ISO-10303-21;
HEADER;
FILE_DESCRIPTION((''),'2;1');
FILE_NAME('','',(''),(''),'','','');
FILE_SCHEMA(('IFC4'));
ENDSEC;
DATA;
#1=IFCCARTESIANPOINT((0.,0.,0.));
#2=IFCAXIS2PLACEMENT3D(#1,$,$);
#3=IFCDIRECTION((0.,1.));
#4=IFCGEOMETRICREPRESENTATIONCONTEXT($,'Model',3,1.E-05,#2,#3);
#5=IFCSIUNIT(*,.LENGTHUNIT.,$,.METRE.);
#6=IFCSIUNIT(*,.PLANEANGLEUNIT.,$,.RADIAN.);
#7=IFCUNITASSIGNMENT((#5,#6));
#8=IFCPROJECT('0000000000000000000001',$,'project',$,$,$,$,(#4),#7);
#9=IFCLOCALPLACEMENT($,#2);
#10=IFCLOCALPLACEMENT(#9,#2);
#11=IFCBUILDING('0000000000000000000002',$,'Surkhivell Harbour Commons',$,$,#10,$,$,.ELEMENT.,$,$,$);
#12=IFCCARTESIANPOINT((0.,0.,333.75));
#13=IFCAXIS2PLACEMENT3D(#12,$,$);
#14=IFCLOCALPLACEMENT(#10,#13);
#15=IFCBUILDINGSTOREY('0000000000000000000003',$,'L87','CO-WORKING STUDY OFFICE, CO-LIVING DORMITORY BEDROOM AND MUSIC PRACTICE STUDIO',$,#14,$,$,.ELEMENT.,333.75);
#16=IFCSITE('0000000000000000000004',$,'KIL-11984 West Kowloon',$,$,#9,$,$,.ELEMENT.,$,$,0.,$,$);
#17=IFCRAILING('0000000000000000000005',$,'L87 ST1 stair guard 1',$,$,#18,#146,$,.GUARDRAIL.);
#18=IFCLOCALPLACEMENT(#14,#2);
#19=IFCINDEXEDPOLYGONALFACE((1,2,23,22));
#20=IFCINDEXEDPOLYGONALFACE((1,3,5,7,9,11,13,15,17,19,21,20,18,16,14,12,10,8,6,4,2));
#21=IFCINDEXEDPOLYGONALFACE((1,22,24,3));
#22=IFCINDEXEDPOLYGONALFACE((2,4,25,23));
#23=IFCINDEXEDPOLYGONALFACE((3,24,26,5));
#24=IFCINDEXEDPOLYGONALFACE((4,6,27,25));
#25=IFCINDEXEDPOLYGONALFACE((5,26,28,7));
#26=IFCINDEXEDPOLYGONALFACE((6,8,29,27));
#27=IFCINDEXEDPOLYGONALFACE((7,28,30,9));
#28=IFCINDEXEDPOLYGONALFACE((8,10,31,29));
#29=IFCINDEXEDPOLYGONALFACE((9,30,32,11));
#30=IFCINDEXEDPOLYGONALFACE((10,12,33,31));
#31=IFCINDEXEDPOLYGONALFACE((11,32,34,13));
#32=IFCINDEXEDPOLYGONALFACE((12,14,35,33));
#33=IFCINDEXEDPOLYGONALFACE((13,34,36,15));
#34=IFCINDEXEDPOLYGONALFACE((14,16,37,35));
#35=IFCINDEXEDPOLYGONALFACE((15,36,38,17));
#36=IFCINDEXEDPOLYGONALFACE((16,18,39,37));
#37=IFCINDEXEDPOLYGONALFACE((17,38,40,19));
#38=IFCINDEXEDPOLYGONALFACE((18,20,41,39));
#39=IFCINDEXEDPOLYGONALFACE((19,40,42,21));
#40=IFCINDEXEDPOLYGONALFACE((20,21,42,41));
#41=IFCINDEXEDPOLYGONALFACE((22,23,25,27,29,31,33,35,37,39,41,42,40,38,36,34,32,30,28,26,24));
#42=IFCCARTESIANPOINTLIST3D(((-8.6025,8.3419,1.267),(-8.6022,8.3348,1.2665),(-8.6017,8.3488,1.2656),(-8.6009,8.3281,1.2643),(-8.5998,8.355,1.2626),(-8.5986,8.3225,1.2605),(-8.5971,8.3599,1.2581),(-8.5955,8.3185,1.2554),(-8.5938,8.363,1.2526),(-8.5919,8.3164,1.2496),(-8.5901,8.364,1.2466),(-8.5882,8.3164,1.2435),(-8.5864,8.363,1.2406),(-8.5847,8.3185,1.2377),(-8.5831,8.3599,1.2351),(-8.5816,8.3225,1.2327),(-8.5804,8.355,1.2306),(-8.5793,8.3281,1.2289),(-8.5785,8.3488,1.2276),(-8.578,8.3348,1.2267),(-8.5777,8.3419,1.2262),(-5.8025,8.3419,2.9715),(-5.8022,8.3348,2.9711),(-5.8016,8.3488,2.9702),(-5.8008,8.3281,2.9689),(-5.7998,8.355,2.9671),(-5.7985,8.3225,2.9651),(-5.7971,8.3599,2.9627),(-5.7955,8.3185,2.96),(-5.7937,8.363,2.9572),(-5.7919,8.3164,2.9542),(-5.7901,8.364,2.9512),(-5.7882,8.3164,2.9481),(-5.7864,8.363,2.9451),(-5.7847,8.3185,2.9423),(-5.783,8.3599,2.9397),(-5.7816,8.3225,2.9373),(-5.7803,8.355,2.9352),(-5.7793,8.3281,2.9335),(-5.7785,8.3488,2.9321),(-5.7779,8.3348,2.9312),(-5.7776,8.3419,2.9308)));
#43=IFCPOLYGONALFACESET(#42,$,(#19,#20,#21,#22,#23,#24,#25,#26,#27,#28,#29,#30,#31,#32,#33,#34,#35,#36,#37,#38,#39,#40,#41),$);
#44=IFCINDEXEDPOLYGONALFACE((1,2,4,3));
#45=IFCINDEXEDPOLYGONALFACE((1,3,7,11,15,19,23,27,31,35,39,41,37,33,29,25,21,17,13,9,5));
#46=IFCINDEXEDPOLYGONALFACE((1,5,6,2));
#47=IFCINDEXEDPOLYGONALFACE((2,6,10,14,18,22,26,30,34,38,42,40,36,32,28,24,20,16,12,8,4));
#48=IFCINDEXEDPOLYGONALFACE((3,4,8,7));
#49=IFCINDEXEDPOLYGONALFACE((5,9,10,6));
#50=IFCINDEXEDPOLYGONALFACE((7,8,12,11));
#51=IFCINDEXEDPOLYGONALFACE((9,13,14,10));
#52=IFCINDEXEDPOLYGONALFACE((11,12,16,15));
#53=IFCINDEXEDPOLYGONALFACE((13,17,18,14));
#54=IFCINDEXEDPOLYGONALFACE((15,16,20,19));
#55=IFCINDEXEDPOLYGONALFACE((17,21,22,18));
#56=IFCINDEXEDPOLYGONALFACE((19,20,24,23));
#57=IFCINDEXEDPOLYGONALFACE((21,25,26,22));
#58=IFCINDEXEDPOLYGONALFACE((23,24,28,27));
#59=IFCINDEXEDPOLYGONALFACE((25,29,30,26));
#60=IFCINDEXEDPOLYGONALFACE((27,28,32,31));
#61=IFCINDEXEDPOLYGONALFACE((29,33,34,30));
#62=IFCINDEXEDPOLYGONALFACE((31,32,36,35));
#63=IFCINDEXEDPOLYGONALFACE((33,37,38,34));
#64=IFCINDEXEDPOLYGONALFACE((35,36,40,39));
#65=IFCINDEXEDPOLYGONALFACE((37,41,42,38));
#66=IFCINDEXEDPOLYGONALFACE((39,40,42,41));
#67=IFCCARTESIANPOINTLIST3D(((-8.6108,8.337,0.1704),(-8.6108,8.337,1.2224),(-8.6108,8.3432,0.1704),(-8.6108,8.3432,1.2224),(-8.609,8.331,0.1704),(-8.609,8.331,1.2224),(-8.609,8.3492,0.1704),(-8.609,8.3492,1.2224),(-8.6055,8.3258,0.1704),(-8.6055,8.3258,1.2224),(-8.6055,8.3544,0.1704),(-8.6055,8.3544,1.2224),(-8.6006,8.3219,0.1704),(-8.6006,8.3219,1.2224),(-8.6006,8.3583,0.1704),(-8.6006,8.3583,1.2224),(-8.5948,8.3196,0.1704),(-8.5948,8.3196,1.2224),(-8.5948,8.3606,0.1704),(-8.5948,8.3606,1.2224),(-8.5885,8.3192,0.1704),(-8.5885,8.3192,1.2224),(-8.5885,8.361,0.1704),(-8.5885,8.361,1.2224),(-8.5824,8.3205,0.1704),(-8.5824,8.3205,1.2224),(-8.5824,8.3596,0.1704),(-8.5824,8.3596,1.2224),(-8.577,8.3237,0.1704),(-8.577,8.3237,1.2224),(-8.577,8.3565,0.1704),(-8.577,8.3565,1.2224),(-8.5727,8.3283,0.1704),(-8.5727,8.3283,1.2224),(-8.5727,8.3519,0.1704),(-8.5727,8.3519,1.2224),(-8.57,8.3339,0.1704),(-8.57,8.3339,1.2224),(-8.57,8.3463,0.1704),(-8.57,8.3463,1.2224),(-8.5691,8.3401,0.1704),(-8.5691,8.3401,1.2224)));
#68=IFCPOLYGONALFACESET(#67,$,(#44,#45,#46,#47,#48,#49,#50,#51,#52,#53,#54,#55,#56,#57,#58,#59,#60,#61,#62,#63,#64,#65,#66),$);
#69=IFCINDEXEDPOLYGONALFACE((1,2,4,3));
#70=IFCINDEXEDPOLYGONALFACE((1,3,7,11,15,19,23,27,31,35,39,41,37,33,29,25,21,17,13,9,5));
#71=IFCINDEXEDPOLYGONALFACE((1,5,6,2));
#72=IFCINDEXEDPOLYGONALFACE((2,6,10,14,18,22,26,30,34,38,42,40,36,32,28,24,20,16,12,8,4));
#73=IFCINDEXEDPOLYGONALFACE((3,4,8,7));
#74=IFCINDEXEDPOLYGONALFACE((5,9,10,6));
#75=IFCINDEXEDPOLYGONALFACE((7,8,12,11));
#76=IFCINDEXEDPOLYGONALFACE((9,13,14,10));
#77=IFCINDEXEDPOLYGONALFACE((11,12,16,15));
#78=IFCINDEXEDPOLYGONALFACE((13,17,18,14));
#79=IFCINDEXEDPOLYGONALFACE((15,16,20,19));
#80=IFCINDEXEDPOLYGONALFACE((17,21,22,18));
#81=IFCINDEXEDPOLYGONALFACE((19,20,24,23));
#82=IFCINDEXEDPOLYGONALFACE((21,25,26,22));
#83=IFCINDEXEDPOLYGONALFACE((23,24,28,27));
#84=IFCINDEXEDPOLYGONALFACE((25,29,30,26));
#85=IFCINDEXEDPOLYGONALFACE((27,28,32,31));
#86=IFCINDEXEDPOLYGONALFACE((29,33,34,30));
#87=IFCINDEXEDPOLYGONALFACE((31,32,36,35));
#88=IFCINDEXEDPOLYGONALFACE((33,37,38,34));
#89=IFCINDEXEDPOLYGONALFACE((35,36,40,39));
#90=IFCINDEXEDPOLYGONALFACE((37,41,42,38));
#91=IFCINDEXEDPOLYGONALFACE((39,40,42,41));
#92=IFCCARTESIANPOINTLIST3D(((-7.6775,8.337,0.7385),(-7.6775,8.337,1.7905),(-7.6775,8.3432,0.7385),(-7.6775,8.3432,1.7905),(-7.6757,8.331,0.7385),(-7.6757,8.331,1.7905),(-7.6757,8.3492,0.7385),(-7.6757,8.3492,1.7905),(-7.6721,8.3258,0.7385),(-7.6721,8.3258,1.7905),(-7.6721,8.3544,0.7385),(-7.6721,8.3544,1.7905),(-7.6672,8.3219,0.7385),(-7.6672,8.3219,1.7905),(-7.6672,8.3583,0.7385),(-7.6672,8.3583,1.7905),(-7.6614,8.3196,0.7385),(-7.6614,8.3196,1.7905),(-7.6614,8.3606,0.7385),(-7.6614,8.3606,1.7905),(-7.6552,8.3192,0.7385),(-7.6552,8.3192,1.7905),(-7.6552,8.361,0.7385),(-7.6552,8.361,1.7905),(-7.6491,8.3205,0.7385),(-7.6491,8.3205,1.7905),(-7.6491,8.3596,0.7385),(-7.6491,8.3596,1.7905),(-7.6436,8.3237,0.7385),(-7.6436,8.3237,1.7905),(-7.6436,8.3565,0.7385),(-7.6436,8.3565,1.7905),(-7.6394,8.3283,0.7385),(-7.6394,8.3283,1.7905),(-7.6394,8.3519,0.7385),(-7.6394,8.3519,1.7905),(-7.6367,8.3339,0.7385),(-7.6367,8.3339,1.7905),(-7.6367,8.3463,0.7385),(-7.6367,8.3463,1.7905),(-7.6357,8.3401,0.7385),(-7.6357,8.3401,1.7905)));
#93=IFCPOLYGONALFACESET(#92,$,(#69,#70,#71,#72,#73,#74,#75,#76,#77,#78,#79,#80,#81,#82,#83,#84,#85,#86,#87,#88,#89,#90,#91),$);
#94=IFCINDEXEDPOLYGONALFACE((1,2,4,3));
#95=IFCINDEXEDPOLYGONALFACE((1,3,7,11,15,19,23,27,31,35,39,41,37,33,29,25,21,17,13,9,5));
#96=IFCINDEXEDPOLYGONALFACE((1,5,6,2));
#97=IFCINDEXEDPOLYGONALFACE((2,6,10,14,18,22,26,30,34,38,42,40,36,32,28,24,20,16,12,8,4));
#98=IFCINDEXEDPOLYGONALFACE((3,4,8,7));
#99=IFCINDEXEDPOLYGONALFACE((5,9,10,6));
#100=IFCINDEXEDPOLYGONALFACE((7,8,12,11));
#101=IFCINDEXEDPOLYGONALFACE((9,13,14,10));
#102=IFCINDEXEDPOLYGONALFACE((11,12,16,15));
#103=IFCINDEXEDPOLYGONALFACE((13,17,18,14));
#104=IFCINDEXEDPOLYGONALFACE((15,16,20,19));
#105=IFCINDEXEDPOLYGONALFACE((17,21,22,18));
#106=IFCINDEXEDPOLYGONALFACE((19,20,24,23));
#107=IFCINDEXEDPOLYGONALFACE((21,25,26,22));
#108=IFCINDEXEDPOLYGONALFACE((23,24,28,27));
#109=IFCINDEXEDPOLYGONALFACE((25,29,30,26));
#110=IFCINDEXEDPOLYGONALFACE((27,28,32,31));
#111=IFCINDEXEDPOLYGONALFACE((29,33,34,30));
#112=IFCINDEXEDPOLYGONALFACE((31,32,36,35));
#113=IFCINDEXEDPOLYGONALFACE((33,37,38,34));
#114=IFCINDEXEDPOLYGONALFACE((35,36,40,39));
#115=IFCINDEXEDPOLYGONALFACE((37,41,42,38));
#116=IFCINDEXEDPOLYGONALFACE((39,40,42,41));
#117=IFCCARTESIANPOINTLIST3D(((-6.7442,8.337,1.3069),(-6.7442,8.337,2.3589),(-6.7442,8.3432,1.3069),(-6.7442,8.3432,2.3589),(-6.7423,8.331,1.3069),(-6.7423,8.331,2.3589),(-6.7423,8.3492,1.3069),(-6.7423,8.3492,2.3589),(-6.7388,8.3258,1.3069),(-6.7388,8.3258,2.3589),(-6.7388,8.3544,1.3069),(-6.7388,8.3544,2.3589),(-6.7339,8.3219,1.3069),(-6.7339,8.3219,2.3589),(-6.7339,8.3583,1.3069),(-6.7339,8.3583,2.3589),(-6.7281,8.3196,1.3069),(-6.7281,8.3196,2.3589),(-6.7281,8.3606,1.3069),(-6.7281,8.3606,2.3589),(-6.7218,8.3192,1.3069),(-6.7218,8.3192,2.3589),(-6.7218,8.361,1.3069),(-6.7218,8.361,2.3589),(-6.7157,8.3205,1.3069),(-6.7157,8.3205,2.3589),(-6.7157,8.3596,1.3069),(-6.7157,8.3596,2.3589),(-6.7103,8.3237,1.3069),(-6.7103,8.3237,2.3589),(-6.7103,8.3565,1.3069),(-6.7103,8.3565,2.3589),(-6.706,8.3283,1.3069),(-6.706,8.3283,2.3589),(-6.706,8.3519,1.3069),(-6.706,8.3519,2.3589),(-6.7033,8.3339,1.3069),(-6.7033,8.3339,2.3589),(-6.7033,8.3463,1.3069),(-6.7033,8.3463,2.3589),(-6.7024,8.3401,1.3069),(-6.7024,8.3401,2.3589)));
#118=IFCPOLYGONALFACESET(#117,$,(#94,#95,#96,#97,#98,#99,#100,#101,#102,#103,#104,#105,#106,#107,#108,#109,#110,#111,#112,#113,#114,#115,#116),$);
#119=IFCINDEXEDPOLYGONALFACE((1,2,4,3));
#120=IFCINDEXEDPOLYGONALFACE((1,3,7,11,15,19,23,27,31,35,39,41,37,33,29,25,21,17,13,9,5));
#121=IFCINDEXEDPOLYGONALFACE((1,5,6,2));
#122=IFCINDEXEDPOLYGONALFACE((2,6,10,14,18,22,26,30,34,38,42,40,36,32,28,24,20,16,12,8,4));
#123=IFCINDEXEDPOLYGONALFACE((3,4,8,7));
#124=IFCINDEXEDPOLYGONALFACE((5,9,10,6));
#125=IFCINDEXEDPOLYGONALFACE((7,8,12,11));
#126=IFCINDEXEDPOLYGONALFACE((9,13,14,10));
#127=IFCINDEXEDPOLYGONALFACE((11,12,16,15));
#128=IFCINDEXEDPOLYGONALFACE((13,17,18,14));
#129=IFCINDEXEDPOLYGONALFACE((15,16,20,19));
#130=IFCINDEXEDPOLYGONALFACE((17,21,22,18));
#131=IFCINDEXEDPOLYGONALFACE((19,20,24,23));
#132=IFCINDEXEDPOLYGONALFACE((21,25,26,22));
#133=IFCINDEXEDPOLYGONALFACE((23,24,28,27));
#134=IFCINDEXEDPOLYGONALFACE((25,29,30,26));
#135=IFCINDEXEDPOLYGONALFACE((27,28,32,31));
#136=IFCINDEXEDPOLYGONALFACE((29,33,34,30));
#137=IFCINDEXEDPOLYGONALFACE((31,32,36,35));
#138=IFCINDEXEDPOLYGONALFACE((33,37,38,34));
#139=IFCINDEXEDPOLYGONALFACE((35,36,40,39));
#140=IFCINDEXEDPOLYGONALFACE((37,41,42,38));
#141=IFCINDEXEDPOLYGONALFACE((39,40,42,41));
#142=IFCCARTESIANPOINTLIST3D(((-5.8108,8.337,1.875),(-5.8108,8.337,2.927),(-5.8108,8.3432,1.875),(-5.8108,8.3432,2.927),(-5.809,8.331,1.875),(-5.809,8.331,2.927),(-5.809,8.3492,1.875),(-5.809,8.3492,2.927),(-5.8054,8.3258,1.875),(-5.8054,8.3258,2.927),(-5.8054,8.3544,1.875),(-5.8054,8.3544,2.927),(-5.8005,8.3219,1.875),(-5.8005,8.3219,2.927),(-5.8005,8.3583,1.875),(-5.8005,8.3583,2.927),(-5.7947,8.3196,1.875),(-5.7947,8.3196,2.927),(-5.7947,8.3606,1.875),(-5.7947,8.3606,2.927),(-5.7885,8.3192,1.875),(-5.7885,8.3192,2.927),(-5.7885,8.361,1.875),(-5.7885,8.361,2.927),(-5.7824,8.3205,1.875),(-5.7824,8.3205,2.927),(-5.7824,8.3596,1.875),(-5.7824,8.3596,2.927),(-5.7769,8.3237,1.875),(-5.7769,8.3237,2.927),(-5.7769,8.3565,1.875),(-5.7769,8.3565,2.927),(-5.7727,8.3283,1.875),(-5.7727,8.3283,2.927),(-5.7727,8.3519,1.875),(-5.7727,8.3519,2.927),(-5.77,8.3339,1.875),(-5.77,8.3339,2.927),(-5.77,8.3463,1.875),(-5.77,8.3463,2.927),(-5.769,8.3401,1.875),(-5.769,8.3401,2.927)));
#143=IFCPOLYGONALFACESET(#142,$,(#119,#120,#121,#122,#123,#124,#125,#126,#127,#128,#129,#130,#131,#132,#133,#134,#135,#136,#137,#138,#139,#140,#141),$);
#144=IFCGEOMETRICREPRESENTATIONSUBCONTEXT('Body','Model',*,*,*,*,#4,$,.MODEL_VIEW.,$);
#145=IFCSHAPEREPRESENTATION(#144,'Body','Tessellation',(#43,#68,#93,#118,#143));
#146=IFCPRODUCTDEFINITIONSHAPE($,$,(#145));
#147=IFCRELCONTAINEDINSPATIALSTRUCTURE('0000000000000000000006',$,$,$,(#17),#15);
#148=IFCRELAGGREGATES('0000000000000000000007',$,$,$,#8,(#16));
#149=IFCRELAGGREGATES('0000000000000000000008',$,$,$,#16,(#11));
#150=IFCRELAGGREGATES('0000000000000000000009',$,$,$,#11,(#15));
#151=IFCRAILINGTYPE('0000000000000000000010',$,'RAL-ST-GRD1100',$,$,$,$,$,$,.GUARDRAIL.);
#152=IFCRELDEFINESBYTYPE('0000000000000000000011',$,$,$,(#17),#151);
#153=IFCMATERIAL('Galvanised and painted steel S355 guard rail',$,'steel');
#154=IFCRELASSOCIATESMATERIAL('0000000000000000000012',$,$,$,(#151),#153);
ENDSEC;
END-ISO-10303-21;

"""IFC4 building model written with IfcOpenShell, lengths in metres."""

from ifc_helpers import new_model, si_unit, direction, frame, origin, origin_2d, place, context, subcontext, project, spatial, circle, extrude, material, type_object, element, save


model = new_model("IFC4")

# Units and contexts
model_context = context("Model", 3, precision=1e-05, world=origin(), true_north=direction((0.0, 1.0)))
body_context = subcontext(model_context, "Body", "Model", "MODEL_VIEW")
ifc_project = project(units=[si_unit("LENGTHUNIT", "METRE"), si_unit("PLANEANGLEUNIT", "RADIAN")], contexts=[model_context])

# Site, building, storey
site_placement = place(None, origin())
site = spatial("IfcSite", under=ifc_project, at=site_placement, Name="KIL-11984 West Kowloon", CompositionType="ELEMENT", RefElevation=0.0)
building_placement = place(site_placement, origin())
building = spatial("IfcBuilding", under=site, at=building_placement, Name="Surkhivell Harbour Commons", CompositionType="ELEMENT")
storey_placement = place(building_placement, frame((0.0, 0.0, 333.75)))
storey = spatial("IfcBuildingStorey", under=building, at=storey_placement, Name="L87", Description="CO-WORKING STUDY OFFICE, CO-LIVING DORMITORY BEDROOM AND MUSIC PRACTICE STUDIO", CompositionType="ELEMENT", Elevation=333.75)

# Railing
ifc_material_1 = material(Name="Galvanised and painted steel S355 guard rail", Category="steel")
railing_type_1 = type_object("IfcRailingType", Name="RAL-ST-GRD1100", PredefinedType="GUARDRAIL", material=ifc_material_1)
railing_1_placement = place(storey_placement, frame((-8.5901, 8.3401, 0.1704)))
element("IfcRailing", 1, at=railing_1_placement, inside=storey, type_object=railing_type_1, Name="L87 ST1 stair guard 1", PredefinedType="GUARDRAIL", context=body_context, shape_type="SweptSolid", body=[
    extrude(circle(Radius=0.0239, at=origin_2d()), frame((0.0, 0.0, 1.0762), z_axis=(0.85417, 0.0, 0.519994), x_axis=(0.0, 1.0, 0.0)), (0.0, 0.0, 1.0), 3.2781),
    extrude(circle(Radius=0.021, at=origin_2d()), origin(), (0.0, 0.0, 1.0), 1.052),
    extrude(circle(Radius=0.021, at=origin_2d()), frame((0.9333, 0.0, 0.5681)), (0.0, 0.0, 1.0), 1.052),
    extrude(circle(Radius=0.021, at=origin_2d()), frame((1.8667, 0.0, 1.1365)), (0.0, 0.0, 1.0), 1.052),
    extrude(circle(Radius=0.021, at=origin_2d()), frame((2.8, 0.0, 1.7046)), (0.0, 0.0, 1.0), 1.052),
])

save(model, "model.ifc")
